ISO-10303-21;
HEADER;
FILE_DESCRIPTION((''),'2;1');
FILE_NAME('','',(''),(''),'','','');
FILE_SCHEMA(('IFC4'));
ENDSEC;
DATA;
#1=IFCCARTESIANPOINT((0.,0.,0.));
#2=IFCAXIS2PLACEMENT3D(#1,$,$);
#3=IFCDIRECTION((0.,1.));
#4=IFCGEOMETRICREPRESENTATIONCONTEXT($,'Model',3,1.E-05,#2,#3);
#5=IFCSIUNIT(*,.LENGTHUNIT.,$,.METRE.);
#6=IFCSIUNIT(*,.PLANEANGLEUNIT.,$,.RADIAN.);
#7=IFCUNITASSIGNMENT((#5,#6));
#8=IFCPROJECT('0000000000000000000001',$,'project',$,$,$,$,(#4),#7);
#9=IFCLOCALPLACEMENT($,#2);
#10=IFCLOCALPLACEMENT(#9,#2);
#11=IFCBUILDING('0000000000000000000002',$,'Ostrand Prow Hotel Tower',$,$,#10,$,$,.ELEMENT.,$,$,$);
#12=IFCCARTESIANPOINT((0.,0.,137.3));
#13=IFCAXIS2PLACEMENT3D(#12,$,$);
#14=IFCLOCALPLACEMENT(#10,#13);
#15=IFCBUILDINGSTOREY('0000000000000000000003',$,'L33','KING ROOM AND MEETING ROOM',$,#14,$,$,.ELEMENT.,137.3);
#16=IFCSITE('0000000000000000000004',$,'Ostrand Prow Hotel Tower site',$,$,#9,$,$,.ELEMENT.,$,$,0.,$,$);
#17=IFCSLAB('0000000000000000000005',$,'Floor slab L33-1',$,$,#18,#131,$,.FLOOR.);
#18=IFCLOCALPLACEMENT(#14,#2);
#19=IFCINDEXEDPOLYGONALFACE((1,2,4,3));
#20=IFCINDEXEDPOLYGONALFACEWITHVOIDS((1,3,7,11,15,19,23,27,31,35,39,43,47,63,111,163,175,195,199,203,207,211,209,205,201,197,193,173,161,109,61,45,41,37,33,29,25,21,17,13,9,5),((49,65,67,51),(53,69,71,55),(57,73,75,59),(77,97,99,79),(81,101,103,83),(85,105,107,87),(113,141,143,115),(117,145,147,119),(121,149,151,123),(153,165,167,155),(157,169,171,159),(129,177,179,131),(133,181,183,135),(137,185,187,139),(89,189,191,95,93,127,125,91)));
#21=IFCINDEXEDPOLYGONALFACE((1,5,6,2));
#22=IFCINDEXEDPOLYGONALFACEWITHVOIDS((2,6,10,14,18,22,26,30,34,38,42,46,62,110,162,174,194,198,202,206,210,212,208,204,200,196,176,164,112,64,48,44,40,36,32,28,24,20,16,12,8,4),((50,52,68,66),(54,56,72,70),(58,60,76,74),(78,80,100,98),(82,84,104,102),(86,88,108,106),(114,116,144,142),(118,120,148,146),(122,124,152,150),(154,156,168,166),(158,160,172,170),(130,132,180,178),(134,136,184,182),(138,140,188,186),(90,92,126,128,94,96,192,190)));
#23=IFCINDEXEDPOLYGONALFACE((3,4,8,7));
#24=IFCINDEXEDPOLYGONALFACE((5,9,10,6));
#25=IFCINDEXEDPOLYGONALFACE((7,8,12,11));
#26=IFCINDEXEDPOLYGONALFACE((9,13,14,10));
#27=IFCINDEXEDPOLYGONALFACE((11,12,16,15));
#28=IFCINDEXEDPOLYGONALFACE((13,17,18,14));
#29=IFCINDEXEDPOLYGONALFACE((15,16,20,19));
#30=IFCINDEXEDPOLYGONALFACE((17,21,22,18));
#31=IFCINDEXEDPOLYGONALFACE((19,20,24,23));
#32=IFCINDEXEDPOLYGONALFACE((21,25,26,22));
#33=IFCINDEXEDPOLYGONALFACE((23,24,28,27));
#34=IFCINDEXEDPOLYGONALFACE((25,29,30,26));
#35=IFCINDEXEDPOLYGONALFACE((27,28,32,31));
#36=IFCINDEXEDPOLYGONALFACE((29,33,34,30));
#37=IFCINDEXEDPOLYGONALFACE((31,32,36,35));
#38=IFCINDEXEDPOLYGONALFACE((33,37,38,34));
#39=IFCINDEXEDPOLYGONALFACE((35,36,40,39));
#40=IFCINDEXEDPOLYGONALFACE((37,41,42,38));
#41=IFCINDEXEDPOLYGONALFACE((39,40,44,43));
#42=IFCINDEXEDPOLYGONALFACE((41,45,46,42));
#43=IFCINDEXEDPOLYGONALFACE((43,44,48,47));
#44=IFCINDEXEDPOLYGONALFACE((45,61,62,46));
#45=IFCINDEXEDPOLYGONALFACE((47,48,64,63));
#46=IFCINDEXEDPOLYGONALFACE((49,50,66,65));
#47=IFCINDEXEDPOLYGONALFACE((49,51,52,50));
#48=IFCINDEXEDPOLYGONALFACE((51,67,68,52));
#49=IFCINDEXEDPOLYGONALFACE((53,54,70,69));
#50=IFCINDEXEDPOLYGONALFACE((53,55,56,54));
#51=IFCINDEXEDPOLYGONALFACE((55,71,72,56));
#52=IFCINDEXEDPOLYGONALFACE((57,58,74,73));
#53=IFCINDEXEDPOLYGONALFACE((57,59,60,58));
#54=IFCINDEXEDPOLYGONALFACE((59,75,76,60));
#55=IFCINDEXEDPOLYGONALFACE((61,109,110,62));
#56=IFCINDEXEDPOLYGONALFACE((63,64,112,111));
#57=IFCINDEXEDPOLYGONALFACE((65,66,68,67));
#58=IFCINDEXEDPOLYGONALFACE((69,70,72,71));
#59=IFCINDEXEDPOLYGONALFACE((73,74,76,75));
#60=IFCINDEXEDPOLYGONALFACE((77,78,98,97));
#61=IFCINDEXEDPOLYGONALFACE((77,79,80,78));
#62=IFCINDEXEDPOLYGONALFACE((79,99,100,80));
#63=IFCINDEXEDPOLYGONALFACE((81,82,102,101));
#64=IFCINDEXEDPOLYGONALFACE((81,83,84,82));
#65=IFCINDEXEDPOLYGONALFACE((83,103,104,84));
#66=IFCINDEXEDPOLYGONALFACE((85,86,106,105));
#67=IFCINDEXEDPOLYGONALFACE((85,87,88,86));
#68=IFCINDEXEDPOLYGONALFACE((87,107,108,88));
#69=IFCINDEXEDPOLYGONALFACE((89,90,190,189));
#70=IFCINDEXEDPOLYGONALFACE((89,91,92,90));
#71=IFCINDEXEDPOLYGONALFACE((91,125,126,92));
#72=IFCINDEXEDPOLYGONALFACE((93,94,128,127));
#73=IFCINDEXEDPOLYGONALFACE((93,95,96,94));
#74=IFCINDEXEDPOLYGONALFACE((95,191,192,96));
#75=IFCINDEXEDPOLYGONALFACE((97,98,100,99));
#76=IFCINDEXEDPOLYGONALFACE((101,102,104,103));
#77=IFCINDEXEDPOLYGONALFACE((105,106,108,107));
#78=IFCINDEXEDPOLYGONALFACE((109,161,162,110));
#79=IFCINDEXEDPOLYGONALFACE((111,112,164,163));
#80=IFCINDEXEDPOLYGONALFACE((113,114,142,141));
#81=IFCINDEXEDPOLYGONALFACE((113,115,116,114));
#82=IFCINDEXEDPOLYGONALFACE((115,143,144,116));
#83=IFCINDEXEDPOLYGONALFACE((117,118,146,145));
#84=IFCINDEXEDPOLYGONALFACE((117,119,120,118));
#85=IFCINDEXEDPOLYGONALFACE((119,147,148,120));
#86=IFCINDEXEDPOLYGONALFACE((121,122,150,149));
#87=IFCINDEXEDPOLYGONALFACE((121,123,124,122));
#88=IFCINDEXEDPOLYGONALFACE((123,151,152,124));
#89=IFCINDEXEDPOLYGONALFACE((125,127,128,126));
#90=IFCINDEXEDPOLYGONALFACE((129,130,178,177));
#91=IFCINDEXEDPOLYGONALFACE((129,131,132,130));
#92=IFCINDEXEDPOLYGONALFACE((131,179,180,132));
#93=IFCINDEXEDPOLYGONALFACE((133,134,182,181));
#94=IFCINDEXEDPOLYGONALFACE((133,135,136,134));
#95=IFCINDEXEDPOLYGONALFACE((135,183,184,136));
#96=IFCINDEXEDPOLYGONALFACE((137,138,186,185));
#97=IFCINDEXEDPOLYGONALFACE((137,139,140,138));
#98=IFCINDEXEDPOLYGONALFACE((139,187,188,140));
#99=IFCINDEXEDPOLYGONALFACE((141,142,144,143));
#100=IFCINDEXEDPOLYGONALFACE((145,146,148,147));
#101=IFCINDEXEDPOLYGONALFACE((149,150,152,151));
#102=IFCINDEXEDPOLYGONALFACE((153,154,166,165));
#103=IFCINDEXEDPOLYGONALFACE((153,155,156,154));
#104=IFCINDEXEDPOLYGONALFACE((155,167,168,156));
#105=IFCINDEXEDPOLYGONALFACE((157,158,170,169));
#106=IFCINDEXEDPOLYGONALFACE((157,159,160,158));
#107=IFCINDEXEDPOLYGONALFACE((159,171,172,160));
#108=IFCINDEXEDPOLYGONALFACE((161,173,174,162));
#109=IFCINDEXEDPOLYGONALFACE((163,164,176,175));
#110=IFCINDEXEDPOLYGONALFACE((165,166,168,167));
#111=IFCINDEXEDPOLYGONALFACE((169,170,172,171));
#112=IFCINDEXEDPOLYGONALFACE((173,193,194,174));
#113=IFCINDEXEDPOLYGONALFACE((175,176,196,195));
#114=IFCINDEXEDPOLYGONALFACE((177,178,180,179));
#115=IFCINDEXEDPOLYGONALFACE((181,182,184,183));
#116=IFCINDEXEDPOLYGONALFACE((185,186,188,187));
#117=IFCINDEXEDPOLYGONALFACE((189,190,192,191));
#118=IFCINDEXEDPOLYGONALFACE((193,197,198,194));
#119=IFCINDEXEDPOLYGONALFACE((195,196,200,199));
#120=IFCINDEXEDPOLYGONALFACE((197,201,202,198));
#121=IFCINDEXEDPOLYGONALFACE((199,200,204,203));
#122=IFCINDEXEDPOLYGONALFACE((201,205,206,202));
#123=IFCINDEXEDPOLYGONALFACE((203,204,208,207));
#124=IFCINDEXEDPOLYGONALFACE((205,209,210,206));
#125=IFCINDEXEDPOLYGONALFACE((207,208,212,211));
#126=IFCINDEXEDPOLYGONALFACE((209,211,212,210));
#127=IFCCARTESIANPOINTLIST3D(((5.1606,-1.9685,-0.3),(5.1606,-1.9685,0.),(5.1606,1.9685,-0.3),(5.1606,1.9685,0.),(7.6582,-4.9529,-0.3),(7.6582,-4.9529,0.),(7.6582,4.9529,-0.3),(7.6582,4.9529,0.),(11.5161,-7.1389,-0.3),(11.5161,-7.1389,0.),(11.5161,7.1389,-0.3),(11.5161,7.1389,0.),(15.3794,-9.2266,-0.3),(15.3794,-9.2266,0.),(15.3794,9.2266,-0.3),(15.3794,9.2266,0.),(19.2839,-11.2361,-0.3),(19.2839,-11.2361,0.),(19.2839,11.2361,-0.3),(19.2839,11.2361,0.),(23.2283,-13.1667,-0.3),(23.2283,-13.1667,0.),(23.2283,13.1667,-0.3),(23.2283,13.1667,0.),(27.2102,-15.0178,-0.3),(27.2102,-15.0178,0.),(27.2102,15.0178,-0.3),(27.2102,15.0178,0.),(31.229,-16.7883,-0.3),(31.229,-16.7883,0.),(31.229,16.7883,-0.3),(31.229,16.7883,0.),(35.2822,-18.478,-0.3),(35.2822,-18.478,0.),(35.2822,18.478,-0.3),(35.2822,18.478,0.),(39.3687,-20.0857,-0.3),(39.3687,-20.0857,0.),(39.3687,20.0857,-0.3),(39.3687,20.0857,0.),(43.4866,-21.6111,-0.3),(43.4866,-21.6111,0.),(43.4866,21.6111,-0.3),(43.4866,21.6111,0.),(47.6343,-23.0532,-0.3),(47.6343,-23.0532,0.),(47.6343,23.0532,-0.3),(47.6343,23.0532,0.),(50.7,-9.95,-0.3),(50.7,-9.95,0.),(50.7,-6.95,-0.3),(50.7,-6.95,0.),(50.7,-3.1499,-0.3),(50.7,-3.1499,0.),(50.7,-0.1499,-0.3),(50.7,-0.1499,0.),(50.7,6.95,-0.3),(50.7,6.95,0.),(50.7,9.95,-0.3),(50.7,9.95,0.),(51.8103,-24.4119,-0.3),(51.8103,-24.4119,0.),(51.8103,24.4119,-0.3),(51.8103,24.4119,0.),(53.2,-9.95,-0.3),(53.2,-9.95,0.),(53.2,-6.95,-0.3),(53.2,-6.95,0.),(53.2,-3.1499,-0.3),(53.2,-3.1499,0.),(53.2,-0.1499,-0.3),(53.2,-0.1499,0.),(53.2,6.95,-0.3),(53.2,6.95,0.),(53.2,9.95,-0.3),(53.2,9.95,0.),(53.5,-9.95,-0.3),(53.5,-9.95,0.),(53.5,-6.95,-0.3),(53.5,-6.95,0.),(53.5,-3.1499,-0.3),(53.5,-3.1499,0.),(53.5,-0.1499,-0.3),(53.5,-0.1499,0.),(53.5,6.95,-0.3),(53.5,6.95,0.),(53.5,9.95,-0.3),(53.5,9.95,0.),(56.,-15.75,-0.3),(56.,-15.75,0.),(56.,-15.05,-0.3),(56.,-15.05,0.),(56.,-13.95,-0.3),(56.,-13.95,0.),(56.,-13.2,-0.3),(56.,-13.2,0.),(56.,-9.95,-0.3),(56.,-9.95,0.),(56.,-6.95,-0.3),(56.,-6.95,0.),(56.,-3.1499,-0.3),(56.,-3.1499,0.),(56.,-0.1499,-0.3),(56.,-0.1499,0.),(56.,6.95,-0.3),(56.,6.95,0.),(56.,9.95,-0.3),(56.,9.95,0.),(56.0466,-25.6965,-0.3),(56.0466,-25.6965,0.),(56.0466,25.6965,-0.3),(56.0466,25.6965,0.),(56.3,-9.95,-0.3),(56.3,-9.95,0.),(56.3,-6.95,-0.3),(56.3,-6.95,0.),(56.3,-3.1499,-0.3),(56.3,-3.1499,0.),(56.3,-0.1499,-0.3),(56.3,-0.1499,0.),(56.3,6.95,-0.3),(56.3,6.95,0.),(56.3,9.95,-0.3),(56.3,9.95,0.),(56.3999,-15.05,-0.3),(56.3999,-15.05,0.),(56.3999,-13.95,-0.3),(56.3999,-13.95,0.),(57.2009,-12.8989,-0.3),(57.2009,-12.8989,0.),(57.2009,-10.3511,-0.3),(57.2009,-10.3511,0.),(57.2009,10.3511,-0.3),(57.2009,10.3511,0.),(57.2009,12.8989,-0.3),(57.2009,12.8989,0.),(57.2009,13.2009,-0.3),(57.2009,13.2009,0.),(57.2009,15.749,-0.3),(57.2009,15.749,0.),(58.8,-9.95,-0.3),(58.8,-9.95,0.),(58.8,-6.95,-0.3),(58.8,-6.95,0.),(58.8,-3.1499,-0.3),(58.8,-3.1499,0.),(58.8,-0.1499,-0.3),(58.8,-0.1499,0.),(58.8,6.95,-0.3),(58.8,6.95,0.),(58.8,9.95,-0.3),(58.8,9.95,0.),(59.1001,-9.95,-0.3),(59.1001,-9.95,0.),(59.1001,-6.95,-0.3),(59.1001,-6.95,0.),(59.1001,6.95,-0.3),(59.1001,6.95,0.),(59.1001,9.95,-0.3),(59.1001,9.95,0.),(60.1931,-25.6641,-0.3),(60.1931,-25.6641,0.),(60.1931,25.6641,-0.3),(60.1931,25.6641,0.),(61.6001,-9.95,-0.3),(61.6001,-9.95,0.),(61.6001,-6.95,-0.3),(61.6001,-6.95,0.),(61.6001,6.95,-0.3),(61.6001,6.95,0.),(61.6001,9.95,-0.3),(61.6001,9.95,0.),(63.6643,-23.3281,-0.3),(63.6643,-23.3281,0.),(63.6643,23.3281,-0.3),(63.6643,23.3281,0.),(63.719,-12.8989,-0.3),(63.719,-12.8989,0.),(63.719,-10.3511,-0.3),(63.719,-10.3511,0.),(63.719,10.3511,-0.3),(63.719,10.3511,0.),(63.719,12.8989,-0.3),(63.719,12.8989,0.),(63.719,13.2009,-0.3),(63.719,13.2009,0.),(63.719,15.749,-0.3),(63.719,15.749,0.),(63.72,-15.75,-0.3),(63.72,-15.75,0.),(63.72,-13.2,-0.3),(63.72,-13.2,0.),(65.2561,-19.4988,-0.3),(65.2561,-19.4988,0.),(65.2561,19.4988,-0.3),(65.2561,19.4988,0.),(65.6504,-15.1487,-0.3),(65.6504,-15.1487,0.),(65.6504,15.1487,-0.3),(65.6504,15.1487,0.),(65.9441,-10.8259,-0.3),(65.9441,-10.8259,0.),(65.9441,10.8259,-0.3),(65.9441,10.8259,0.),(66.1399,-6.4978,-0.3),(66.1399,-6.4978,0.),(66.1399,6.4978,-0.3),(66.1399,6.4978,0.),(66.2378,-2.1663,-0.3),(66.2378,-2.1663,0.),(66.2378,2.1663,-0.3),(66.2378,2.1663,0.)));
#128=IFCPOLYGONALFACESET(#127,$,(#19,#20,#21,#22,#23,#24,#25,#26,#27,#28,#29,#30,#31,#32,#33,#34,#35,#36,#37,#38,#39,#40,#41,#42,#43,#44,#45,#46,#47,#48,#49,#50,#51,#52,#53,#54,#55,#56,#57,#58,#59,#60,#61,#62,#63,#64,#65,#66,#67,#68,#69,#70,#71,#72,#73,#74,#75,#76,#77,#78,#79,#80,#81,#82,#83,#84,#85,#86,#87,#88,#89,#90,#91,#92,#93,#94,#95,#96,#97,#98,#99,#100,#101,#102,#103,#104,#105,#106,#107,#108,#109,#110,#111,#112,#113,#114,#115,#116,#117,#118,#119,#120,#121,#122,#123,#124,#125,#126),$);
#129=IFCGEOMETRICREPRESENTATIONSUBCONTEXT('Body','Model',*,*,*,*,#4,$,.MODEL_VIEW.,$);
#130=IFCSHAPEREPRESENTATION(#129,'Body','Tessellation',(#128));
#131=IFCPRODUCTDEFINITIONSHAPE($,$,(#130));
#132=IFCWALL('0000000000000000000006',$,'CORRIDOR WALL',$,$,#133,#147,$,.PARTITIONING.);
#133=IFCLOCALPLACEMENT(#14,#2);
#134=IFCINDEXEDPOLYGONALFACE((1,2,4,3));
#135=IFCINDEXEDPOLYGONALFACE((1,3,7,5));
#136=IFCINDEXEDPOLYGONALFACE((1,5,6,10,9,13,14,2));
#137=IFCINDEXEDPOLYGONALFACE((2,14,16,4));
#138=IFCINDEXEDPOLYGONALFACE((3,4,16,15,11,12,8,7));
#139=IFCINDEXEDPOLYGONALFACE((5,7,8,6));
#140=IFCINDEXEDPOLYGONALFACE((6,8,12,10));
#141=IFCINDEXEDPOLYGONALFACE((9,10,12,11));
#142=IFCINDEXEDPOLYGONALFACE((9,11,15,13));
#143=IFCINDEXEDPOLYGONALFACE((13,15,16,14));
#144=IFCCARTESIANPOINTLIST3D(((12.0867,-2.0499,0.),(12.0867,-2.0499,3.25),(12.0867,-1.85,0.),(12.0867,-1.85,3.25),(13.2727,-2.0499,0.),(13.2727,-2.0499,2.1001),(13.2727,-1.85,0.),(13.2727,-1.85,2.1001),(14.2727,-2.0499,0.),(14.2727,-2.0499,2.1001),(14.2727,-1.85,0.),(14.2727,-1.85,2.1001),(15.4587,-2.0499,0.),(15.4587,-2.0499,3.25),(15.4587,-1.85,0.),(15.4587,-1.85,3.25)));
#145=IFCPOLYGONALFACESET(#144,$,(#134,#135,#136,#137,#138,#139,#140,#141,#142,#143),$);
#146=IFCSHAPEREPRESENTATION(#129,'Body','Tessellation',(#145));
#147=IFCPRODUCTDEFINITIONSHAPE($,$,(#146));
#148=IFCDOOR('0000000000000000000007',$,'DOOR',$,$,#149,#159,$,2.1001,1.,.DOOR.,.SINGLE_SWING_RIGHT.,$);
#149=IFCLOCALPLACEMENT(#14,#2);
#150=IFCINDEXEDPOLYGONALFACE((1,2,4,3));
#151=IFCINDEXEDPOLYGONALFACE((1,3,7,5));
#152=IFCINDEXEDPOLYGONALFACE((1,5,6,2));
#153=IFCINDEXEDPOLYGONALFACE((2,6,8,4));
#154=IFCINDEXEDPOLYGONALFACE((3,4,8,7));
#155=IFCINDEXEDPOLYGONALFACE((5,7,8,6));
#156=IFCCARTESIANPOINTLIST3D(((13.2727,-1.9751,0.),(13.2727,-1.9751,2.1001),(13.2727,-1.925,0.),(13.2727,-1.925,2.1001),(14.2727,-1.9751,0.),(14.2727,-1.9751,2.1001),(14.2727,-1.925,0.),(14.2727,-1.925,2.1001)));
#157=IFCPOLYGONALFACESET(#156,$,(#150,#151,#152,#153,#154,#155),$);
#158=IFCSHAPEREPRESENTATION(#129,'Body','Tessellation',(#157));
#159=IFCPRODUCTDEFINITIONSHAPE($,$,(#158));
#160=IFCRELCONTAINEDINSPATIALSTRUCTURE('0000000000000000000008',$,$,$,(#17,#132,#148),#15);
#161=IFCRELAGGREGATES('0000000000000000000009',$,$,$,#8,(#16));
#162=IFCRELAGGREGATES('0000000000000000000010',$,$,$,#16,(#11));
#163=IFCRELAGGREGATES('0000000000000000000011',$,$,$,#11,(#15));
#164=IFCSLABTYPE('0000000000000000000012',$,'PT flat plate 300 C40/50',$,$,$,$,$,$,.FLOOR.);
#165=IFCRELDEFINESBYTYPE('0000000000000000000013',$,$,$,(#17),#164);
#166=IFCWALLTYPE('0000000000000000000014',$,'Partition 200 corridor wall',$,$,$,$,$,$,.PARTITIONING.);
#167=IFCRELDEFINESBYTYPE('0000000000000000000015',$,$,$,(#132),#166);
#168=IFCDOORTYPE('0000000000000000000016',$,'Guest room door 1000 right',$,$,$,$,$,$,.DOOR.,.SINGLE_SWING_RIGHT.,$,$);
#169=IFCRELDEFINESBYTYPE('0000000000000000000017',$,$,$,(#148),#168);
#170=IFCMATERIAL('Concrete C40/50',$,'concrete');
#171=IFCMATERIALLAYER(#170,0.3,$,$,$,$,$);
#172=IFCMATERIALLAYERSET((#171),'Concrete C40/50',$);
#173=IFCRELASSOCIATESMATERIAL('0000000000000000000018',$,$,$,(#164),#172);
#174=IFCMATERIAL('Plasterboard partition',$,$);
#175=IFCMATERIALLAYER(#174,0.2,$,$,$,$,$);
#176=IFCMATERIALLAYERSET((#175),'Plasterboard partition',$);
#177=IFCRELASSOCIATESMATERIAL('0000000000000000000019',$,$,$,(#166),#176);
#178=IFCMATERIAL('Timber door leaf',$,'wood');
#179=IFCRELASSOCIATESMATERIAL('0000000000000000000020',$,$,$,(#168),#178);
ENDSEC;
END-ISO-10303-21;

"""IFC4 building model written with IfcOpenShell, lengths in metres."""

from ifc_helpers import new_model, si_unit, direction, frame, frame_2d, origin, place, context, subcontext, project, spatial, polyline, rectangle, outline, extrude, material, layer, layer_set, type_object, element, fill, save


model = new_model("IFC4")

# Units and contexts
model_context = context("Model", 3, precision=1e-05, world=origin(), true_north=direction((0.0, 1.0)))
body_context = subcontext(model_context, "Body", "Model", "MODEL_VIEW")
ifc_project = project(units=[si_unit("LENGTHUNIT", "METRE"), si_unit("PLANEANGLEUNIT", "RADIAN")], contexts=[model_context])

# Site, building, storey
site_placement = place(None, origin())
site = spatial("IfcSite", under=ifc_project, at=site_placement, Name="Ostrand Prow Hotel Tower site", CompositionType="ELEMENT", RefElevation=0.0)
building_placement = place(site_placement, origin())
building = spatial("IfcBuilding", under=site, at=building_placement, Name="Ostrand Prow Hotel Tower", CompositionType="ELEMENT")
storey_placement = place(building_placement, frame((0.0, 0.0, 137.3)))
storey = spatial("IfcBuildingStorey", under=building, at=storey_placement, Name="L33", Description="KING ROOM AND MEETING ROOM", CompositionType="ELEMENT", Elevation=137.3)

# Slab, opening
ifc_material_1 = material(Name="Concrete C40/50", Category="concrete")
ifc_layer_1 = layer(ifc_material_1, 0.3)
ifc_layer_set_1 = layer_set([ifc_layer_1], Name="Concrete C40/50")
slab_type = type_object("IfcSlabType", Name="PT flat plate 300 C40/50", PredefinedType="FLOOR", material=ifc_layer_set_1)
slab_placement = place(storey_placement, frame((0.0, 0.0, -0.3)))
slab = element("IfcSlab", 1, at=slab_placement, inside=storey, type_object=slab_type, Name="Floor slab L33-1", PredefinedType="FLOOR", context=body_context, shape_type="SweptSolid", body=[
    extrude(outline(polyline([(7.6582, 4.9529), (11.5161, 7.1389), (15.3794, 9.2266), (19.2839, 11.2361), (23.2283, 13.1667), (27.2102, 15.0178), (31.229, 16.7883), (35.2822, 18.478), (39.3687, 20.0857), (43.4866, 21.6111), (47.6343, 23.0532), (51.8103, 24.4119), (56.0466, 25.6965), (60.1931, 25.6641), (63.6643, 23.3281), (65.2561, 19.4988), (65.6504, 15.1487), (65.9441, 10.8259), (66.1399, 6.4978), (66.2378, 2.1663), (66.2378, -2.1663), (66.1399, -6.4978), (65.9441, -10.8259), (65.6504, -15.1487), (65.2561, -19.4988), (63.6643, -23.3281), (60.1931, -25.6641), (56.0466, -25.6965), (51.8103, -24.4119), (47.6343, -23.0532), (43.4866, -21.6111), (39.3687, -20.0857), (35.2822, -18.478), (31.229, -16.7883), (27.2102, -15.0178), (23.2283, -13.1667), (19.2839, -11.2361), (15.3794, -9.2266), (11.5161, -7.1389), (7.6582, -4.9529), (5.1606, -1.9685), (5.1606, 1.9685), (7.6582, 4.9529)]), holes=[polyline([(50.7, 6.95), (53.2, 6.95), (53.2, 9.95), (50.7, 9.95), (50.7, 6.95)]), polyline([(53.5, 6.95), (56.0, 6.95), (56.0, 9.95), (53.5, 9.95), (53.5, 6.95)]), polyline([(56.3, 6.95), (58.8, 6.95), (58.8, 9.95), (56.3, 9.95), (56.3, 6.95)]), polyline([(59.1001, 6.95), (61.6001, 6.95), (61.6001, 9.95), (59.1001, 9.95), (59.1001, 6.95)]), polyline([(50.7, -3.1499), (53.2, -3.1499), (53.2, -0.1499), (50.7, -0.1499), (50.7, -3.1499)]), polyline([(53.5, -3.1499), (56.0, -3.1499), (56.0, -0.1499), (53.5, -0.1499), (53.5, -3.1499)]), polyline([(56.3, -3.1499), (58.8, -3.1499), (58.8, -0.1499), (56.3, -0.1499), (56.3, -3.1499)]), polyline([(50.7, -9.95), (53.2, -9.95), (53.2, -6.95), (50.7, -6.95), (50.7, -9.95)]), polyline([(53.5, -9.95), (56.0, -9.95), (56.0, -6.95), (53.5, -6.95), (53.5, -9.95)]), polyline([(56.3, -9.95), (58.8, -9.95), (58.8, -6.95), (56.3, -6.95), (56.3, -9.95)]), polyline([(59.1001, -9.95), (61.6001, -9.95), (61.6001, -6.95), (59.1001, -6.95), (59.1001, -9.95)]), polyline([(57.2009, 10.3511), (57.2009, 12.8989), (63.719, 12.8989), (63.719, 10.3511), (57.2009, 10.3511)]), polyline([(57.2009, 13.2009), (57.2009, 15.749), (63.719, 15.749), (63.719, 13.2009), (57.2009, 13.2009)]), polyline([(57.2009, -12.8989), (57.2009, -10.3511), (63.719, -10.3511), (63.719, -12.8989), (57.2009, -12.8989)]), polyline([(56.0, -13.2), (63.72, -13.2), (63.72, -15.75), (56.0, -15.75), (56.0, -15.05), (56.3999, -15.05), (56.3999, -13.95), (56.0, -13.95), (56.0, -13.2)])]), origin(), (0.0, 0.0, 1.0), 0.3),
])
opening_1_placement = place(slab_placement, origin())
element("IfcOpeningElement", 2, at=opening_1_placement, cuts=slab, PredefinedType="OPENING", context=body_context, shape_type="SweptSolid", body=[
    extrude(outline(polyline([(56.0, -13.2), (63.72, -13.2), (63.72, -15.75), (56.0, -15.75), (56.0, -15.05), (56.3999, -15.05), (56.3999, -13.95), (56.0, -13.95), (56.0, -13.2)])), origin(), (0.0, 0.0, 1.0), 0.3),
])

# Wall, opening, door
ifc_material_2 = material(Name="Plasterboard partition")
ifc_layer_2 = layer(ifc_material_2, 0.2)
ifc_layer_set_2 = layer_set([ifc_layer_2], Name="Plasterboard partition")
wall_type_1 = type_object("IfcWallType", Name="Partition 200 corridor wall", PredefinedType="PARTITIONING", material=ifc_layer_set_2)
wall_1_placement = place(storey_placement, frame((12.0867, -1.95, 0.0), z_axis=(0.0, 0.0, 1.0), x_axis=(1.0, 0.0, 0.0)))
wall_1 = element("IfcWall", 3, at=wall_1_placement, inside=storey, type_object=wall_type_1, Name="CORRIDOR WALL", PredefinedType="PARTITIONING", context=body_context, shape_type="SweptSolid", body=[
    extrude(rectangle(XDim=3.3721, YDim=0.2, at=frame_2d((1.686, 0.0))), origin(), (0.0, 0.0, 1.0), 3.25),
])
opening_2_placement = place(wall_1_placement, frame((1.186, 0.0, 0.0)))
opening_2 = element("IfcOpeningElement", 4, at=opening_2_placement, cuts=wall_1, PredefinedType="OPENING", context=body_context, shape_type="SweptSolid", body=[
    extrude(rectangle(XDim=1.0, YDim=2.1001, at=frame_2d((0.5, 1.05))), frame((0.0, 0.1099, 0.0), z_axis=(0.0, -1.0, 0.0), x_axis=(1.0, 0.0, 0.0)), (0.0, 0.0, 1.0), 0.22),
])
ifc_material_3 = material(Name="Timber door leaf", Category="wood")
door_type_1 = type_object("IfcDoorType", Name="Guest room door 1000 right", OperationType="SINGLE_SWING_RIGHT", PredefinedType="DOOR", material=ifc_material_3)
door_1_placement = place(opening_2_placement, origin())
door_1 = element("IfcDoor", 5, at=door_1_placement, inside=storey, type_object=door_type_1, Name="DOOR", OperationType="SINGLE_SWING_RIGHT", OverallHeight=2.1001, OverallWidth=1.0, PredefinedType="DOOR", context=body_context, shape_type="SweptSolid", body=[
    extrude(rectangle(XDim=1.0, YDim=2.1001, at=frame_2d((0.5, 1.05))), frame((0.0, 0.0249, 0.0), z_axis=(0.0, -1.0, 0.0), x_axis=(1.0, 0.0, 0.0)), (0.0, 0.0, 1.0), 0.05),
])
fill(opening_2, door_1)

save(model, "model.ifc")
